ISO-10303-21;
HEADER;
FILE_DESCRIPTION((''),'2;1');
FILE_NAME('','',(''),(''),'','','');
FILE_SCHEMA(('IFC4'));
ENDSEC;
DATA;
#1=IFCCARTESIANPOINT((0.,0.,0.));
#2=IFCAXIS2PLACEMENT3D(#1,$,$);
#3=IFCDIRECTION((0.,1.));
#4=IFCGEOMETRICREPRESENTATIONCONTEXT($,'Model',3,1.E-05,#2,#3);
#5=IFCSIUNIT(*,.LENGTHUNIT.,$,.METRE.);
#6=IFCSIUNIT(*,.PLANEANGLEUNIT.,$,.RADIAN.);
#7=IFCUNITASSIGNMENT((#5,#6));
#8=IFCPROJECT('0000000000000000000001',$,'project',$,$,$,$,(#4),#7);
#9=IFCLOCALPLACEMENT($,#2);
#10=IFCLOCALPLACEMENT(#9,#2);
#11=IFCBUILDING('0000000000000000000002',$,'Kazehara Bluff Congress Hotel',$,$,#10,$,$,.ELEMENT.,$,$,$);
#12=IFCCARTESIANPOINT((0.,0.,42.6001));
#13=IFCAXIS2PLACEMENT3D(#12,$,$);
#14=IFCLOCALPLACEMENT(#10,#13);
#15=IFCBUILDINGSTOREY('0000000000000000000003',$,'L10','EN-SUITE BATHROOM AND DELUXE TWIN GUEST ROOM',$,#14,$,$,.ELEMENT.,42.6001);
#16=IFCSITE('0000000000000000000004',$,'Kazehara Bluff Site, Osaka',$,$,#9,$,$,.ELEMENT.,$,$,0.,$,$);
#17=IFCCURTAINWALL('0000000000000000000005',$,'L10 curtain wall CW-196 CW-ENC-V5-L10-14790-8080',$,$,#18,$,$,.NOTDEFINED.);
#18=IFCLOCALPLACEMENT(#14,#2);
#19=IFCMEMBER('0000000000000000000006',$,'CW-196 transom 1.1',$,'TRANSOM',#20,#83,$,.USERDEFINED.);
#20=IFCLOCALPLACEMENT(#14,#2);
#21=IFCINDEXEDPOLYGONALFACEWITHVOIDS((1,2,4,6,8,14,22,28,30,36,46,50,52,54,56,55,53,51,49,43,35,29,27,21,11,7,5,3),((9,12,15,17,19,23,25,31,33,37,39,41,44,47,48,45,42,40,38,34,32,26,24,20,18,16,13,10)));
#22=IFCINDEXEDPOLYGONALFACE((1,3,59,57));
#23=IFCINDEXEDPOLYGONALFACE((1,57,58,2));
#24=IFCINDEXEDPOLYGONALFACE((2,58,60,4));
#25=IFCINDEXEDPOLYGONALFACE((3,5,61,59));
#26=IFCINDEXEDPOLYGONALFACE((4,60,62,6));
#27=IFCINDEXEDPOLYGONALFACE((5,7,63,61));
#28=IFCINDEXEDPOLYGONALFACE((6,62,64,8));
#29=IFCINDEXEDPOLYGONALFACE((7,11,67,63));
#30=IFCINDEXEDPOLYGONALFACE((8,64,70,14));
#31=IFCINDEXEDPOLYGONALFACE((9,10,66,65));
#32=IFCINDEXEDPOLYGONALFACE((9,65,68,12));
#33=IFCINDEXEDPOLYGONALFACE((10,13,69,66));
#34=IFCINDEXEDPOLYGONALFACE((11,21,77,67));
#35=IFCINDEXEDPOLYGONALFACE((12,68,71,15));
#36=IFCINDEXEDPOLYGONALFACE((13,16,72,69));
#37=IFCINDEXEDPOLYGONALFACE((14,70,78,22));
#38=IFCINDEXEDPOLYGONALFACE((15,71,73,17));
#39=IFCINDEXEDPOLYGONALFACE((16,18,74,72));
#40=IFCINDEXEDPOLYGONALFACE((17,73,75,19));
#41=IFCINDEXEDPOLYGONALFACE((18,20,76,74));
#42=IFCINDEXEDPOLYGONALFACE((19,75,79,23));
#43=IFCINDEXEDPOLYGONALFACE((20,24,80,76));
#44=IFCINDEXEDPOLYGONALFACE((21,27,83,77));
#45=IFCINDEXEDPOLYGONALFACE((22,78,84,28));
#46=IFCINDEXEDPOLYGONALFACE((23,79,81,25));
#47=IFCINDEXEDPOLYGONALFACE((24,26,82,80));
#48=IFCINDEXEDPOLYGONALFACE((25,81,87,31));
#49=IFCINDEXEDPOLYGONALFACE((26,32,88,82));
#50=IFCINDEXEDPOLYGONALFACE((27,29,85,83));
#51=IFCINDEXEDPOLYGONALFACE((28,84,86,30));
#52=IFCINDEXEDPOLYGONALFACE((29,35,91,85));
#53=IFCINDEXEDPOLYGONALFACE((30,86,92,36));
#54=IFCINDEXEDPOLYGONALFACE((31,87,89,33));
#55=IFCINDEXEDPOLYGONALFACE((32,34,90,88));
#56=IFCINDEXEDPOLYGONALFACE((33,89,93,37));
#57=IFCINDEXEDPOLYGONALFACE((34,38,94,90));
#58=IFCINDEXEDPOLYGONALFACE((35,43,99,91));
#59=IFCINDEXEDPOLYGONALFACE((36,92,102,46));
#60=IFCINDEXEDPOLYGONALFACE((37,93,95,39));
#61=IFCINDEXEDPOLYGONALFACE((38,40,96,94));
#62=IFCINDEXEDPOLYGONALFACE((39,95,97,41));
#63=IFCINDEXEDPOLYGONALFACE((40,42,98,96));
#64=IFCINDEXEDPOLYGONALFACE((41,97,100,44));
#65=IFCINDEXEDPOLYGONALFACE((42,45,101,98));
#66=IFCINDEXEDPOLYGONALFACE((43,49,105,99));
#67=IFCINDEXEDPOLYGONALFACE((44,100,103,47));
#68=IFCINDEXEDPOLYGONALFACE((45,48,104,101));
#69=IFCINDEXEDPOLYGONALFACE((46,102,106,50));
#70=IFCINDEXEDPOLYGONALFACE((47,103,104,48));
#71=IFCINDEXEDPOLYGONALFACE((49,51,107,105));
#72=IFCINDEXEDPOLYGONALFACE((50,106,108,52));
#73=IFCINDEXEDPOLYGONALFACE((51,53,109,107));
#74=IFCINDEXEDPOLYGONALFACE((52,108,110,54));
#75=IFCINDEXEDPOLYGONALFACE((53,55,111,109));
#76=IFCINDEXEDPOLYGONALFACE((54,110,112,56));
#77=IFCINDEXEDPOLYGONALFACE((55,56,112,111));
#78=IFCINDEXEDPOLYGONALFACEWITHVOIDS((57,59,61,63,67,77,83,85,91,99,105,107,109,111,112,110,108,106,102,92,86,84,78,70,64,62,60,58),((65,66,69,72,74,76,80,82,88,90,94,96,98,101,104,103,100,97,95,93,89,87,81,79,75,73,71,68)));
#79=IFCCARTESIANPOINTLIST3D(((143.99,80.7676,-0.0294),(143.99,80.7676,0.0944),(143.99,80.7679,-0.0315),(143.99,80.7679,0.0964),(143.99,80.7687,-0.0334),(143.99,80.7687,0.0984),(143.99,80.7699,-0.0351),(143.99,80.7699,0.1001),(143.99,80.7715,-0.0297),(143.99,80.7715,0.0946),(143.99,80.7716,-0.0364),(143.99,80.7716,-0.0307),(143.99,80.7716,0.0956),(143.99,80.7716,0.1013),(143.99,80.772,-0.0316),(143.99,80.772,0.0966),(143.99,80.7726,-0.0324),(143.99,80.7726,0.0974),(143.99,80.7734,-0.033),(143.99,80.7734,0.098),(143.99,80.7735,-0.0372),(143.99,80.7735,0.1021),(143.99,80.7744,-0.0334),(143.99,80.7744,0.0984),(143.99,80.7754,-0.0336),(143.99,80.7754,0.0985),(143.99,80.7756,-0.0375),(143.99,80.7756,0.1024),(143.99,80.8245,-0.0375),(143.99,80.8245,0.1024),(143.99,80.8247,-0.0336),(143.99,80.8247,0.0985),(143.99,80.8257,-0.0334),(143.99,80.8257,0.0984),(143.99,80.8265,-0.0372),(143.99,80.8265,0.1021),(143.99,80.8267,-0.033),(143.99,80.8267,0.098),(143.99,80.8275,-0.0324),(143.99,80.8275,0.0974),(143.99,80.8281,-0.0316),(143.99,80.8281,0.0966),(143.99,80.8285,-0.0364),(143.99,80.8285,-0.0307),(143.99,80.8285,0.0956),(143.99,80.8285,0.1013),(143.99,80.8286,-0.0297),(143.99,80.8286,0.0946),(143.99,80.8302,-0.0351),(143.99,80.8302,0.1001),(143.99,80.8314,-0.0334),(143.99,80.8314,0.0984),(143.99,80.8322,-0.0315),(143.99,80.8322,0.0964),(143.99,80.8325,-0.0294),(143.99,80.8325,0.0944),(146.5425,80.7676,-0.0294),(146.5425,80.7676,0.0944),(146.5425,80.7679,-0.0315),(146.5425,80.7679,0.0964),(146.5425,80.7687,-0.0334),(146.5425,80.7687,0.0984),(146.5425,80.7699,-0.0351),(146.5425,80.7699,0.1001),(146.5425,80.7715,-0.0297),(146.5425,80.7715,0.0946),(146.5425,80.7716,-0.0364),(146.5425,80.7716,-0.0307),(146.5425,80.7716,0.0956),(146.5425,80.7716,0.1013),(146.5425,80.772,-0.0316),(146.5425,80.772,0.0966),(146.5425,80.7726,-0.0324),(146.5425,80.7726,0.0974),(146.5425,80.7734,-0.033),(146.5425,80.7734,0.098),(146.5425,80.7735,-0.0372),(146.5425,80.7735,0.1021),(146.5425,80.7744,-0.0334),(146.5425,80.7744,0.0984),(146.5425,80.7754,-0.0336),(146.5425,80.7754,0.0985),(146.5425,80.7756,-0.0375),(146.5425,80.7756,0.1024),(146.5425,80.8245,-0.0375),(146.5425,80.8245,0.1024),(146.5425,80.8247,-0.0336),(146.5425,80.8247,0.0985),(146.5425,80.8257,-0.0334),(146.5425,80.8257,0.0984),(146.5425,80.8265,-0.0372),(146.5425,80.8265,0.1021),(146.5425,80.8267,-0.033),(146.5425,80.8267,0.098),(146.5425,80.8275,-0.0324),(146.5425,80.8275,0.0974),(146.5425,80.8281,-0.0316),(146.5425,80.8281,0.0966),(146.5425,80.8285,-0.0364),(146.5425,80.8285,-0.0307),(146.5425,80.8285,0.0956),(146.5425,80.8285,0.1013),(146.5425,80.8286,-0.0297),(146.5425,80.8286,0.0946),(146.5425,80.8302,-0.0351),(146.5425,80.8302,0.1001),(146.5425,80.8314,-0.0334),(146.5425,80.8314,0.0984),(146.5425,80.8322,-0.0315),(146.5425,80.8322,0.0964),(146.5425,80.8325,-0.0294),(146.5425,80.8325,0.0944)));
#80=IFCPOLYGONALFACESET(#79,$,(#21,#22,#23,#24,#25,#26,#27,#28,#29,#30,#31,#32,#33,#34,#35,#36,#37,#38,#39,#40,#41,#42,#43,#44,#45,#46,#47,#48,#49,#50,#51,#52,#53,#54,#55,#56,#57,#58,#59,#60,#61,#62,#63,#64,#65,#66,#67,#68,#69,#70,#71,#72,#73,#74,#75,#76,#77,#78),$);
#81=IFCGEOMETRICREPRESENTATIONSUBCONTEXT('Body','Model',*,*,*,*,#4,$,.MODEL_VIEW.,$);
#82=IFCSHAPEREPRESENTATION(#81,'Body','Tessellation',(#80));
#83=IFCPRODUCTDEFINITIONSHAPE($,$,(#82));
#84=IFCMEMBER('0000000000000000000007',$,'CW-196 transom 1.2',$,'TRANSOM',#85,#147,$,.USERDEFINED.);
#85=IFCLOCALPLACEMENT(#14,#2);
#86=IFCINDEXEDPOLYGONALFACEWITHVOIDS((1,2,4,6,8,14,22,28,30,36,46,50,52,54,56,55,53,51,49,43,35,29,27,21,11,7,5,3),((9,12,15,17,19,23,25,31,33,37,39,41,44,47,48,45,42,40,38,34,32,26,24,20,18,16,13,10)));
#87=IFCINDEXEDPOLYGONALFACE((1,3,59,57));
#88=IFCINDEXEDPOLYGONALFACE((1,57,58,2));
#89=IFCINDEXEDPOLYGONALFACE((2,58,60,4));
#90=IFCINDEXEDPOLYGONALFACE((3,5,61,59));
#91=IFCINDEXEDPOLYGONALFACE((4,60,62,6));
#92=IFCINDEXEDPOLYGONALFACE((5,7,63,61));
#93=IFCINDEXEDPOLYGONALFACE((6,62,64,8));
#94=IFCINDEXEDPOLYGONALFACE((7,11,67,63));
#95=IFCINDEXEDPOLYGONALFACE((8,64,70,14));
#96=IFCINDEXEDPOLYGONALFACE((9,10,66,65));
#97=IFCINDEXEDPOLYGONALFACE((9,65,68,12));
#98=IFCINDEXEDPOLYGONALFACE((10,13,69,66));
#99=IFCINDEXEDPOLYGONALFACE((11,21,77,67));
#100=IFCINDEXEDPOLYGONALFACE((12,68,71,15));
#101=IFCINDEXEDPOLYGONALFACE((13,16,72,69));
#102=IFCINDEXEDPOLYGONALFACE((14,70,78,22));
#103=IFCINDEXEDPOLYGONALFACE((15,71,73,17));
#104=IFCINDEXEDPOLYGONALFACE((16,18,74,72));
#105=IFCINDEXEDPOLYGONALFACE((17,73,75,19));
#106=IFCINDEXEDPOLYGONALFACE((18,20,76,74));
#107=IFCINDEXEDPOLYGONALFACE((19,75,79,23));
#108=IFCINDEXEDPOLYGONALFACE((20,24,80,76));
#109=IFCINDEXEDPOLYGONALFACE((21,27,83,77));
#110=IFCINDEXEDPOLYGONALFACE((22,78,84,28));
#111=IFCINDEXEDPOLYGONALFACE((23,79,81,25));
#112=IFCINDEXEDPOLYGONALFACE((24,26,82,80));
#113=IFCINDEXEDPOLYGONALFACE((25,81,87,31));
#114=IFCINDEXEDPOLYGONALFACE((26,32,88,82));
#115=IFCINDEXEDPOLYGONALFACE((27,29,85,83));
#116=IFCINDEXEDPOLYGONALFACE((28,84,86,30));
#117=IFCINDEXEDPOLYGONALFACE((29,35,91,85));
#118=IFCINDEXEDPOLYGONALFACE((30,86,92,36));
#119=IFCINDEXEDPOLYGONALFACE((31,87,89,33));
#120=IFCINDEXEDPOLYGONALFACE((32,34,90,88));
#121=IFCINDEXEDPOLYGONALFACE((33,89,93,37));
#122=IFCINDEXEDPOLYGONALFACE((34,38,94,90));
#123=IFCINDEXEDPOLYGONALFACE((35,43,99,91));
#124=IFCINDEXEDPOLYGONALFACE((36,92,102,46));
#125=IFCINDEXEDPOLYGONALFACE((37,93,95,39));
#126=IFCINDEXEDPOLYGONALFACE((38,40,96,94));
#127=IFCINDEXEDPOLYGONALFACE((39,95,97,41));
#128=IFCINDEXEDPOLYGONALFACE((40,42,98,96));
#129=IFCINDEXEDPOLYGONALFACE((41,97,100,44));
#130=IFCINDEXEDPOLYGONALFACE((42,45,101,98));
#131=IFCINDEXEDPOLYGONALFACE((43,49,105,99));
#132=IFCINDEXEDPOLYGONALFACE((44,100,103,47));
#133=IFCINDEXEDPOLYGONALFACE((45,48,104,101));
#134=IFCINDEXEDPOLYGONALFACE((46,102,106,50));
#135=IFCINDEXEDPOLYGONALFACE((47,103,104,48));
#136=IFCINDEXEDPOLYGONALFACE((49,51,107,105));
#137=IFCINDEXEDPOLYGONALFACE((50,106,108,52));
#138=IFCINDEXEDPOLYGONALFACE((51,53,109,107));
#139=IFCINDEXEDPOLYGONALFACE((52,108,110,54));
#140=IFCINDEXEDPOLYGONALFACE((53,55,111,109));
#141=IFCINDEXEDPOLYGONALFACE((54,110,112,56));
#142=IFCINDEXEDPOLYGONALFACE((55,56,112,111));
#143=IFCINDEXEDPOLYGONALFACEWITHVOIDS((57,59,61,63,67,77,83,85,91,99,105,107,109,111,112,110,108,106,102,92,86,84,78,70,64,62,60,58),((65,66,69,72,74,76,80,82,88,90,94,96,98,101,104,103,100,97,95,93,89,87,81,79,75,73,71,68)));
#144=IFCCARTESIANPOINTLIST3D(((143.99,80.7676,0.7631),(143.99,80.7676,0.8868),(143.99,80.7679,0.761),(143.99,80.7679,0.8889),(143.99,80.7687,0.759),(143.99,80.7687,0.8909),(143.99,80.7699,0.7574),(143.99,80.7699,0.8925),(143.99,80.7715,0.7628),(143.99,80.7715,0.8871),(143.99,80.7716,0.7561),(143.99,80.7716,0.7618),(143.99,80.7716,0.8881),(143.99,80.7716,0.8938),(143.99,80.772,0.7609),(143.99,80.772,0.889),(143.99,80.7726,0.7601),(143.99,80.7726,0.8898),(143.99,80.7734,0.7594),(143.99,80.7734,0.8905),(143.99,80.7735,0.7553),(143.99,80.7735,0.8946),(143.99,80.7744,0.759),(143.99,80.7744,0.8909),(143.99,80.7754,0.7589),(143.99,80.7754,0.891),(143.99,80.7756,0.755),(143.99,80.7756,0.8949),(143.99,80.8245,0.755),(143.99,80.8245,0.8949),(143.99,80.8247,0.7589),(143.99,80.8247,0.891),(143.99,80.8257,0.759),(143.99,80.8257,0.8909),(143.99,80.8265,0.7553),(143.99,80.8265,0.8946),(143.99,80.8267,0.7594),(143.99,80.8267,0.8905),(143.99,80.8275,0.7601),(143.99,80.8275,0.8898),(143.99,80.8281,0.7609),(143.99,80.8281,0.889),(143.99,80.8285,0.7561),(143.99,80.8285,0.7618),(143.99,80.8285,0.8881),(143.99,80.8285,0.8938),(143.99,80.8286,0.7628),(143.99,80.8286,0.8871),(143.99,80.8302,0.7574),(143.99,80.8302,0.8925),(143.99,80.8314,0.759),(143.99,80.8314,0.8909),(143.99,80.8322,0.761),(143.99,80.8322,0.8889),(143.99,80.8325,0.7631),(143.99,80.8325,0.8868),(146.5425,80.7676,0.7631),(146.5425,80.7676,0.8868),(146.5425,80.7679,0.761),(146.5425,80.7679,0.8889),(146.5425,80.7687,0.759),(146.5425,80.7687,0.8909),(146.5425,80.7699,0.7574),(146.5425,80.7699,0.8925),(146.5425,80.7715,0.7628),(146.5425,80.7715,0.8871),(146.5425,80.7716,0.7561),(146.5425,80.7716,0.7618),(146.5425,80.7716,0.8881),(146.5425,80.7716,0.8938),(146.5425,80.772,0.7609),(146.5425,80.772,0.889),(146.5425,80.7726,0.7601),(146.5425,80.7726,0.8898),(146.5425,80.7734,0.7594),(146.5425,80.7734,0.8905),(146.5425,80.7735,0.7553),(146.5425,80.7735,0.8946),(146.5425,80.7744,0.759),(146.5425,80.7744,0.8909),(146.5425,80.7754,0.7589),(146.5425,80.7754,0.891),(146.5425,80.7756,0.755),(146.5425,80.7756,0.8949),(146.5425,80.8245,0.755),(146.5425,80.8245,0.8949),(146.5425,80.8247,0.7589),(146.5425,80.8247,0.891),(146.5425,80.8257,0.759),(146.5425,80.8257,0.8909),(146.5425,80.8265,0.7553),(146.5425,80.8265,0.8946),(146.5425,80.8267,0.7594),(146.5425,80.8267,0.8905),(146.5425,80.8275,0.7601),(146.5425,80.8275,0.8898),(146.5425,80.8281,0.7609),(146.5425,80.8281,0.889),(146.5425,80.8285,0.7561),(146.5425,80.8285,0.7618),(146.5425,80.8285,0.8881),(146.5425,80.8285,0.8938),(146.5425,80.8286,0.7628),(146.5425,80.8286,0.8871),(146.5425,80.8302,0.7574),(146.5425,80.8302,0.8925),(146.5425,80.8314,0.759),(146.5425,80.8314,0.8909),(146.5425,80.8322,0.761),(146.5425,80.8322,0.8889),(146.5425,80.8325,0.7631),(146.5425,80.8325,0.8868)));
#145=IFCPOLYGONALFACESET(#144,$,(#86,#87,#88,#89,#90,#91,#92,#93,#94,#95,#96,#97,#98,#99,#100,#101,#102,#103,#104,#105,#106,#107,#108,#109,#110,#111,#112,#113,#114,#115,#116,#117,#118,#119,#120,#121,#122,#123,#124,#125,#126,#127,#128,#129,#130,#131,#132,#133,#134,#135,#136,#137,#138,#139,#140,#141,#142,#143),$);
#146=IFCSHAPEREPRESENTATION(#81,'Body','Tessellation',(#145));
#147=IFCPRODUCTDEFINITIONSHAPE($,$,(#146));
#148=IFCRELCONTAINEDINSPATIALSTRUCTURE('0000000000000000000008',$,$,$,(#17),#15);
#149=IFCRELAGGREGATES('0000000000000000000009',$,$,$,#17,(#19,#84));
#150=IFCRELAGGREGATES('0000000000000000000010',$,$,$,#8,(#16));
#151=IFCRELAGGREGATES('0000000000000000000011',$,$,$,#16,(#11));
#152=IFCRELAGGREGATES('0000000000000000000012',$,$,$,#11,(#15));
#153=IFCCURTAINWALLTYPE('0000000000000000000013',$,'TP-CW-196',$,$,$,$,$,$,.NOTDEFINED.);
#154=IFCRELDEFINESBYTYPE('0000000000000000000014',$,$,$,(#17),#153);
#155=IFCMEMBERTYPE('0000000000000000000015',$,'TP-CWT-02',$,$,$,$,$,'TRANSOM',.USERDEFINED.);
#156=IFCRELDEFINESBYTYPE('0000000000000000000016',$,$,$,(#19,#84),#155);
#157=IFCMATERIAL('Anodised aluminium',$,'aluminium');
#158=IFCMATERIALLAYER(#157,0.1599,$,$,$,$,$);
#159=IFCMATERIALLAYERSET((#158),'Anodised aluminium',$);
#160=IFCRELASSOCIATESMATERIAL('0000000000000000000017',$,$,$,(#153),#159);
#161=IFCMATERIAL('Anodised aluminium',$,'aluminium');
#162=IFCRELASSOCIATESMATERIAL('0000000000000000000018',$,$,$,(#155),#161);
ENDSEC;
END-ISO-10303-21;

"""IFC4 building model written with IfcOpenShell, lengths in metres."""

from ifc_helpers import new_model, si_unit, direction, frame, origin, origin_2d, place, context, subcontext, project, spatial, hollow_rectangle, extrude, material, layer, layer_set, material_profile, profile_set, type_object, element, aggregate, save


model = new_model("IFC4")

# Units and contexts
model_context = context("Model", 3, precision=1e-05, world=origin(), true_north=direction((0.0, 1.0)))
body_context = subcontext(model_context, "Body", "Model", "MODEL_VIEW")
ifc_project = project(units=[si_unit("LENGTHUNIT", "METRE"), si_unit("PLANEANGLEUNIT", "RADIAN")], contexts=[model_context])

# Site, building, storey
site_placement = place(None, origin())
site = spatial("IfcSite", under=ifc_project, at=site_placement, Name="Kazehara Bluff Site, Osaka", CompositionType="ELEMENT", RefElevation=0.0)
building_placement = place(site_placement, origin())
building = spatial("IfcBuilding", under=site, at=building_placement, Name="Kazehara Bluff Congress Hotel", CompositionType="ELEMENT")
storey_placement = place(building_placement, frame((0.0, 0.0, 42.6001)))
storey = spatial("IfcBuildingStorey", under=building, at=storey_placement, Name="L10", Description="EN-SUITE BATHROOM AND DELUXE TWIN GUEST ROOM", CompositionType="ELEMENT", Elevation=42.6001)

# Curtain wall, members
ifc_material_1 = material(Name="Anodised aluminium", Category="aluminium")
ifc_layer_1 = layer(ifc_material_1, 0.1599)
ifc_layer_set_1 = layer_set([ifc_layer_1], Name="Anodised aluminium")
curtain_wall_type = type_object("IfcCurtainWallType", Name="TP-CW-196", PredefinedType="NOTDEFINED", material=ifc_layer_set_1)
curtain_wall_placement = place(storey_placement, origin())
curtain_wall = element("IfcCurtainWall", 1, at=curtain_wall_placement, inside=storey, type_object=curtain_wall_type, Name="L10 curtain wall CW-196 CW-ENC-V5-L10-14790-8080", PredefinedType="NOTDEFINED")
ifc_material_2 = material(Name="Anodised aluminium", Category="aluminium")
ifc_material_profile_1 = material_profile(ifc_material_2, hollow_rectangle(XDim=0.0649, YDim=0.1399, WallThickness=0.0039, InnerFilletRadius=0.0039, OuterFilletRadius=0.0081, at=origin_2d()))
ifc_profile_set_1 = profile_set([ifc_material_profile_1], Name="Anodised aluminium")
member_type_1 = type_object("IfcMemberType", Name="TP-CWT-02", ElementType="TRANSOM", PredefinedType="USERDEFINED", material=ifc_profile_set_1)
member_1_placement = place(storey_placement, frame((143.99, 80.8, 0.0325), z_axis=(1.0, 0.0, 0.0), x_axis=(0.0, 1.0, 0.0)))
member_1 = element("IfcMember", 2, at=member_1_placement, type_object=member_type_1, Name="CW-196 transom 1.1", ObjectType="TRANSOM", PredefinedType="USERDEFINED", context=body_context, shape_type="SweptSolid", body=[
    extrude(hollow_rectangle(XDim=0.0649, YDim=0.1399, WallThickness=0.0039, InnerFilletRadius=0.0039, OuterFilletRadius=0.0081, at=origin_2d()), origin(), (0.0, 0.0, 1.0), 2.5525),
])
member_2_placement = place(storey_placement, frame((143.99, 80.8, 0.825), z_axis=(1.0, 0.0, 0.0), x_axis=(0.0, 1.0, 0.0)))
member_2 = element("IfcMember", 3, at=member_2_placement, type_object=member_type_1, Name="CW-196 transom 1.2", ObjectType="TRANSOM", PredefinedType="USERDEFINED", context=body_context, shape_type="SweptSolid", body=[
    extrude(hollow_rectangle(XDim=0.0649, YDim=0.1399, WallThickness=0.0039, InnerFilletRadius=0.0039, OuterFilletRadius=0.0081, at=origin_2d()), origin(), (0.0, 0.0, 1.0), 2.5525),
])

aggregate(curtain_wall, [member_1, member_2])

save(model, "model.ifc")
